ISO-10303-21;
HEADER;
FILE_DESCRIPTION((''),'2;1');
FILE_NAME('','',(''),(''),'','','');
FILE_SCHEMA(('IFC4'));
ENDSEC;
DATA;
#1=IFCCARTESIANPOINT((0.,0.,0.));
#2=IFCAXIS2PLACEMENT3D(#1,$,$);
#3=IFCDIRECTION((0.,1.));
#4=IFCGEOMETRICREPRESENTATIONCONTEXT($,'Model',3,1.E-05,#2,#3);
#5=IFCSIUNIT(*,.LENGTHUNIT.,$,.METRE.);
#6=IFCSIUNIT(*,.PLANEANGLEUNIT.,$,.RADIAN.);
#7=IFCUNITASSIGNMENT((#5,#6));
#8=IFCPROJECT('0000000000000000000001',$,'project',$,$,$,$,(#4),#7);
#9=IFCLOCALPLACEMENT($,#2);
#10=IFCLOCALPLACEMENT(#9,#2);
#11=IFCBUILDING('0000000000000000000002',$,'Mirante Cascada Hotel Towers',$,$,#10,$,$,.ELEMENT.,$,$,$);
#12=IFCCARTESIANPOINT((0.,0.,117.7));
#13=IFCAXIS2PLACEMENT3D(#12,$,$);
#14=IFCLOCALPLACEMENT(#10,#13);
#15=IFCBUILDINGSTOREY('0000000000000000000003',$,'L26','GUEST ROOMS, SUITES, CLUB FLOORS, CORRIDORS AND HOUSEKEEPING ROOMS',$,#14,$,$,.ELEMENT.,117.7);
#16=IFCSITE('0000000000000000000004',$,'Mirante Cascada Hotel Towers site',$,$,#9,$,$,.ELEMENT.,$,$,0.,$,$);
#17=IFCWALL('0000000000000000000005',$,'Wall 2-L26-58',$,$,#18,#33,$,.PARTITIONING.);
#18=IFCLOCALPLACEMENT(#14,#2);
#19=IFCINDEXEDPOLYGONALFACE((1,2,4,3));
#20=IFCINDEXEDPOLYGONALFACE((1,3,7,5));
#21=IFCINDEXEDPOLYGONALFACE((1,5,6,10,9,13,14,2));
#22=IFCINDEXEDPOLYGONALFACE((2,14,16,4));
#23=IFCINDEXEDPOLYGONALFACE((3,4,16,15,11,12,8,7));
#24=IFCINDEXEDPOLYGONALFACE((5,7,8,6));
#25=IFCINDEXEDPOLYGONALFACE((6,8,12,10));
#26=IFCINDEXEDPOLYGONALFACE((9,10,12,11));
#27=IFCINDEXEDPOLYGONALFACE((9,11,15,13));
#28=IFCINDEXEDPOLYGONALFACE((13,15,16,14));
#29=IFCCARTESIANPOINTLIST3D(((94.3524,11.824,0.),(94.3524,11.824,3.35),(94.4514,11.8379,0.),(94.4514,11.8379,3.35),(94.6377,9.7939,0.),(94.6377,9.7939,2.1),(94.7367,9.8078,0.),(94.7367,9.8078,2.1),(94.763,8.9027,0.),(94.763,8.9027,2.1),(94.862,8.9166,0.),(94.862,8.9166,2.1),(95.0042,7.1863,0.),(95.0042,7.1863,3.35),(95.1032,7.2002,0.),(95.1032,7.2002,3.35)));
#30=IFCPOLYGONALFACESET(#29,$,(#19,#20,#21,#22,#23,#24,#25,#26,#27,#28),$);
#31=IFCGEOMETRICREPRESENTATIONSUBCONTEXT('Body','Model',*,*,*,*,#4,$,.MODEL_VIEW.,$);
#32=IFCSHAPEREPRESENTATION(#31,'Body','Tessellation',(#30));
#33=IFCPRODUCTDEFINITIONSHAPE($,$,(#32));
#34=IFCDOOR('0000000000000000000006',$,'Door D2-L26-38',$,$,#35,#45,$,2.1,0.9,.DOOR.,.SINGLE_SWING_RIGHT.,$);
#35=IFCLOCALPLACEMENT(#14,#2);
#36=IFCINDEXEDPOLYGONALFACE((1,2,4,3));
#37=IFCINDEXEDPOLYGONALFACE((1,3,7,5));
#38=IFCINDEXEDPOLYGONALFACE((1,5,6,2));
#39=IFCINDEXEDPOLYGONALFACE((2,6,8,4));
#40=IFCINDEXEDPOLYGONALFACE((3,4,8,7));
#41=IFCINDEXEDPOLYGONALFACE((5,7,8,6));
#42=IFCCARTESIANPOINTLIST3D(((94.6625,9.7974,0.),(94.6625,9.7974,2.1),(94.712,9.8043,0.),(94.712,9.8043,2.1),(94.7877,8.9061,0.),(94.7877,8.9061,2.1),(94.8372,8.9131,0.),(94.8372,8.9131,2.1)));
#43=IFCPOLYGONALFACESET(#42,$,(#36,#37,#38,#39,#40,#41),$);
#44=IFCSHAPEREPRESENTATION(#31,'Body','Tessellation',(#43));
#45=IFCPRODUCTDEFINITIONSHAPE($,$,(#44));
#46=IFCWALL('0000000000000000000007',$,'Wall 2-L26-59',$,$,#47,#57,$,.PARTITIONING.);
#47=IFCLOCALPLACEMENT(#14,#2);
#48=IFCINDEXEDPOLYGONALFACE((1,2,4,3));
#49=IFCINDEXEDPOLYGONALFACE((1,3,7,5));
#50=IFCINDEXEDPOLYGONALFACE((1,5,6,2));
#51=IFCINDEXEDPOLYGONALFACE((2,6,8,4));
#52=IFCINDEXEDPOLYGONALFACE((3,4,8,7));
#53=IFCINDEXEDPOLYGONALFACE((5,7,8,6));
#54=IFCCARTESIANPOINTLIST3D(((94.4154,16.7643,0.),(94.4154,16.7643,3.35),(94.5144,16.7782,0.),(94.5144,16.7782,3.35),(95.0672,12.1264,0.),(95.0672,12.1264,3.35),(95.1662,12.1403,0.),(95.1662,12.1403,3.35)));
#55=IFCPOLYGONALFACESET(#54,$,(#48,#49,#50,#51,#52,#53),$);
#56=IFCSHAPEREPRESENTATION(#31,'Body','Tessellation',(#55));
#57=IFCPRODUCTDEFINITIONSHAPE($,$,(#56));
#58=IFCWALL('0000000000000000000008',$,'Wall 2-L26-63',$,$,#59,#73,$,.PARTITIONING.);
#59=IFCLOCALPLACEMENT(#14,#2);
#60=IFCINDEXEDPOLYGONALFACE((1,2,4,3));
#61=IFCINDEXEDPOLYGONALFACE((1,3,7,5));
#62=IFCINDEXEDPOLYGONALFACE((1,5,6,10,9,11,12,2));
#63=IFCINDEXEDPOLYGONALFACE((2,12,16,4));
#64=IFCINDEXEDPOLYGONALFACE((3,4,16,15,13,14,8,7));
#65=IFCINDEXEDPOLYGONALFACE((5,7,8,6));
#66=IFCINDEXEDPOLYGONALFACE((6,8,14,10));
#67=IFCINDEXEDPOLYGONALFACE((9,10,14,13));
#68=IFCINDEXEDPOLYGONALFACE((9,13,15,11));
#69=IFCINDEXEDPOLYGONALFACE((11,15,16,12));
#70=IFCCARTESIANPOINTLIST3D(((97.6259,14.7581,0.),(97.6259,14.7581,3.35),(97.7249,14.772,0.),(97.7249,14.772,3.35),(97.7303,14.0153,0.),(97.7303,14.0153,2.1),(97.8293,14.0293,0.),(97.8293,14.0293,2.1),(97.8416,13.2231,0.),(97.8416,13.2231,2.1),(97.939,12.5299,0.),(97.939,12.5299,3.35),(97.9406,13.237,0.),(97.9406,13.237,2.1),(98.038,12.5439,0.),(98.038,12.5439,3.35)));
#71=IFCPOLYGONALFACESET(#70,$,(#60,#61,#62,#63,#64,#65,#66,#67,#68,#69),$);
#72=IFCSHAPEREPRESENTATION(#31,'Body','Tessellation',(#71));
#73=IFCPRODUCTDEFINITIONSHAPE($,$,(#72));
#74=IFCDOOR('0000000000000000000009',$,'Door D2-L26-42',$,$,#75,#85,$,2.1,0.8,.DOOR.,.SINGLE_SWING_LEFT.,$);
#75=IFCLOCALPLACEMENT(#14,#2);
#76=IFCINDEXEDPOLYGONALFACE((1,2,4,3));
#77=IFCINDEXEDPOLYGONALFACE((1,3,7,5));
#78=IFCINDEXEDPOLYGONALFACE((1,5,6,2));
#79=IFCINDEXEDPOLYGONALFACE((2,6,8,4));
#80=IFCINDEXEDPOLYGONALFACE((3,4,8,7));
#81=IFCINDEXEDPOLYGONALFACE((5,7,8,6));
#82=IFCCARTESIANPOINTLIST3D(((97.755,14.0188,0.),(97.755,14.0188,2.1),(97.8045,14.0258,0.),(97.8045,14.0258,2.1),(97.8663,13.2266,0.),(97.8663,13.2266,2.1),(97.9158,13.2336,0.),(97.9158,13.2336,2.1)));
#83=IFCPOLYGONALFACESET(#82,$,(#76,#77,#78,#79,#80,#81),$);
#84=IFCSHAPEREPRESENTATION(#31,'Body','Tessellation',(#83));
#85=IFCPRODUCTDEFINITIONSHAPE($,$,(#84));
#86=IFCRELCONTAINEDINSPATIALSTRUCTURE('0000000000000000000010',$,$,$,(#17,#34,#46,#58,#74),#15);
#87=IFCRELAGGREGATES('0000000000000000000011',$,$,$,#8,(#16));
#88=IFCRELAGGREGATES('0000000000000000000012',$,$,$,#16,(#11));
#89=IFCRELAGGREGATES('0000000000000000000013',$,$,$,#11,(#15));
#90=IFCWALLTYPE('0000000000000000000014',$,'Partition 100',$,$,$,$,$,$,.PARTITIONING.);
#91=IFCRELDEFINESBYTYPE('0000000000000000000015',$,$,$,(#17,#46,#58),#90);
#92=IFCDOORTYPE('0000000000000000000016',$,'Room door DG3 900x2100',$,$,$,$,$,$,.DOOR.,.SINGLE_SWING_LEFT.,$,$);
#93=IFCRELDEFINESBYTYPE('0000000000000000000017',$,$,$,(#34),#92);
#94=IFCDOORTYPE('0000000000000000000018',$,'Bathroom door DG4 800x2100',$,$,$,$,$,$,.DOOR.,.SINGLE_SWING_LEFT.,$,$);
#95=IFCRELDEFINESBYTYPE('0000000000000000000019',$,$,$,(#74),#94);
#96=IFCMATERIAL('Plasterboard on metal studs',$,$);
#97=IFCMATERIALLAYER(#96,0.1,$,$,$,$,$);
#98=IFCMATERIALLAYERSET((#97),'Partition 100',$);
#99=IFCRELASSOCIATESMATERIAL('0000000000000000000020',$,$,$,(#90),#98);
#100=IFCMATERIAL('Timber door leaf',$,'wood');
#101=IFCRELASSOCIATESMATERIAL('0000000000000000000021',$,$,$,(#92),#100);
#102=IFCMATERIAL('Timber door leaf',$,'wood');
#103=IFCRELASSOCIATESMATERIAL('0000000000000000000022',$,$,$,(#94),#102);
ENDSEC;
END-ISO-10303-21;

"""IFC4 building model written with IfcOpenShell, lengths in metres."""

from ifc_helpers import new_model, si_unit, direction, frame, frame_2d, origin, place, context, subcontext, project, spatial, rectangle, extrude, material, layer, layer_set, type_object, element, fill, save


model = new_model("IFC4")

# Units and contexts
model_context = context("Model", 3, precision=1e-05, world=origin(), true_north=direction((0.0, 1.0)))
body_context = subcontext(model_context, "Body", "Model", "MODEL_VIEW")
ifc_project = project(units=[si_unit("LENGTHUNIT", "METRE"), si_unit("PLANEANGLEUNIT", "RADIAN")], contexts=[model_context])

# Site, building, storey
site_placement = place(None, origin())
site = spatial("IfcSite", under=ifc_project, at=site_placement, Name="Mirante Cascada Hotel Towers site", CompositionType="ELEMENT", RefElevation=0.0)
building_placement = place(site_placement, origin())
building = spatial("IfcBuilding", under=site, at=building_placement, Name="Mirante Cascada Hotel Towers", CompositionType="ELEMENT")
storey_placement = place(building_placement, frame((0.0, 0.0, 117.7)))
storey = spatial("IfcBuildingStorey", under=building, at=storey_placement, Name="L26", Description="GUEST ROOMS, SUITES, CLUB FLOORS, CORRIDORS AND HOUSEKEEPING ROOMS", CompositionType="ELEMENT", Elevation=117.7)

# Shared definitions
ifc_material_1 = material(Name="Plasterboard on metal studs")
ifc_layer_1 = layer(ifc_material_1, 0.1)
ifc_layer_set_1 = layer_set([ifc_layer_1], Name="Partition 100")
wall_type_1 = type_object("IfcWallType", Name="Partition 100", PredefinedType="PARTITIONING", material=ifc_layer_set_1)

# Shared definitions
ifc_material_2 = material(Name="Timber door leaf", Category="wood")
door_type_1 = type_object("IfcDoorType", Name="Room door DG3 900x2100", OperationType="SINGLE_SWING_LEFT", PredefinedType="DOOR", material=ifc_material_2)

# Wall, opening, door
ifc_material_3 = material(Name="Timber door leaf", Category="wood")
door_type_2 = type_object("IfcDoorType", Name="Bathroom door DG4 800x2100", OperationType="SINGLE_SWING_LEFT", PredefinedType="DOOR", material=ifc_material_3)
wall_1_placement = place(storey_placement, frame((94.4019, 11.8309, 0.0), z_axis=(0.0, 0.0, 1.0), x_axis=(0.139176, -0.990268, 0.0)))
wall_1 = element("IfcWall", 1, at=wall_1_placement, inside=storey, type_object=wall_type_1, Name="Wall 2-L26-58", PredefinedType="PARTITIONING", context=body_context, shape_type="SweptSolid", body=[
    extrude(rectangle(XDim=4.6833, YDim=0.1, at=frame_2d((2.3416, 0.0))), origin(), (0.0, 0.0, 1.0), 3.35),
])
opening_1_placement = place(wall_1_placement, frame((2.05, 0.0, 0.0)))
opening_1 = element("IfcOpeningElement", 2, at=opening_1_placement, cuts=wall_1, PredefinedType="OPENING", context=body_context, shape_type="SweptSolid", body=[
    extrude(rectangle(XDim=0.9, YDim=2.1, at=frame_2d((0.45, 1.05))), frame((0.0, 0.05, 0.0), z_axis=(0.0, -1.0, 0.0), x_axis=(1.0, 0.0, 0.0)), (0.0, 0.0, 1.0), 0.1),
])
door_1_placement = place(opening_1_placement, frame((0.9, 0.0, 0.0), z_axis=(0.0, 0.0, 1.0), x_axis=(-1.0, 0.0, 0.0)))
door_1 = element("IfcDoor", 3, at=door_1_placement, inside=storey, type_object=door_type_1, Name="Door D2-L26-38", OperationType="SINGLE_SWING_RIGHT", OverallHeight=2.1, OverallWidth=0.9, PredefinedType="DOOR", context=body_context, shape_type="SweptSolid", body=[
    extrude(rectangle(XDim=0.9, YDim=2.1, at=frame_2d((0.45, 1.05))), frame((0.0, 0.025, 0.0), z_axis=(0.0, -1.0, 0.0), x_axis=(1.0, 0.0, 0.0)), (0.0, 0.0, 1.0), 0.05),
])
fill(opening_1, door_1)

# Wall
wall_2_placement = place(storey_placement, frame((95.1167, 12.1333, 0.0), z_axis=(0.0, 0.0, 1.0), x_axis=(-0.13917, 0.990268, 0.0)))
element("IfcWall", 4, at=wall_2_placement, inside=storey, type_object=wall_type_1, Name="Wall 2-L26-59", PredefinedType="PARTITIONING", context=body_context, shape_type="SweptSolid", body=[
    extrude(rectangle(XDim=4.6835, YDim=0.1, at=frame_2d((2.3418, 0.0))), origin(), (0.0, 0.0, 1.0), 3.35),
])

# Wall, opening, door
wall_3_placement = place(storey_placement, frame((97.9885, 12.5369, 0.0), z_axis=(0.0, 0.0, 1.0), x_axis=(-0.139156, 0.990271, 0.0)))
wall_3 = element("IfcWall", 5, at=wall_3_placement, inside=storey, type_object=wall_type_1, Name="Wall 2-L26-63", PredefinedType="PARTITIONING", context=body_context, shape_type="SweptSolid", body=[
    extrude(rectangle(XDim=2.25, YDim=0.1, at=frame_2d((1.125, 0.0))), origin(), (0.0, 0.0, 1.0), 3.35),
])
opening_2_placement = place(wall_3_placement, frame((0.7, 0.0, 0.0)))
opening_2 = element("IfcOpeningElement", 6, at=opening_2_placement, cuts=wall_3, PredefinedType="OPENING", context=body_context, shape_type="SweptSolid", body=[
    extrude(rectangle(XDim=0.8, YDim=2.1, at=frame_2d((0.4, 1.05))), frame((0.0, 0.05, 0.0), z_axis=(0.0, -1.0, 0.0), x_axis=(1.0, 0.0, 0.0)), (0.0, 0.0, 1.0), 0.1),
])
door_2_placement = place(opening_2_placement, origin())
door_2 = element("IfcDoor", 7, at=door_2_placement, inside=storey, type_object=door_type_2, Name="Door D2-L26-42", OperationType="SINGLE_SWING_LEFT", OverallHeight=2.1, OverallWidth=0.8, PredefinedType="DOOR", context=body_context, shape_type="SweptSolid", body=[
    extrude(rectangle(XDim=0.8, YDim=2.1, at=frame_2d((0.4, 1.05))), frame((0.0, 0.025, 0.0), z_axis=(0.0, -1.0, 0.0), x_axis=(1.0, 0.0, 0.0)), (0.0, 0.0, 1.0), 0.05),
])
fill(opening_2, door_2)

save(model, "model.ifc")
